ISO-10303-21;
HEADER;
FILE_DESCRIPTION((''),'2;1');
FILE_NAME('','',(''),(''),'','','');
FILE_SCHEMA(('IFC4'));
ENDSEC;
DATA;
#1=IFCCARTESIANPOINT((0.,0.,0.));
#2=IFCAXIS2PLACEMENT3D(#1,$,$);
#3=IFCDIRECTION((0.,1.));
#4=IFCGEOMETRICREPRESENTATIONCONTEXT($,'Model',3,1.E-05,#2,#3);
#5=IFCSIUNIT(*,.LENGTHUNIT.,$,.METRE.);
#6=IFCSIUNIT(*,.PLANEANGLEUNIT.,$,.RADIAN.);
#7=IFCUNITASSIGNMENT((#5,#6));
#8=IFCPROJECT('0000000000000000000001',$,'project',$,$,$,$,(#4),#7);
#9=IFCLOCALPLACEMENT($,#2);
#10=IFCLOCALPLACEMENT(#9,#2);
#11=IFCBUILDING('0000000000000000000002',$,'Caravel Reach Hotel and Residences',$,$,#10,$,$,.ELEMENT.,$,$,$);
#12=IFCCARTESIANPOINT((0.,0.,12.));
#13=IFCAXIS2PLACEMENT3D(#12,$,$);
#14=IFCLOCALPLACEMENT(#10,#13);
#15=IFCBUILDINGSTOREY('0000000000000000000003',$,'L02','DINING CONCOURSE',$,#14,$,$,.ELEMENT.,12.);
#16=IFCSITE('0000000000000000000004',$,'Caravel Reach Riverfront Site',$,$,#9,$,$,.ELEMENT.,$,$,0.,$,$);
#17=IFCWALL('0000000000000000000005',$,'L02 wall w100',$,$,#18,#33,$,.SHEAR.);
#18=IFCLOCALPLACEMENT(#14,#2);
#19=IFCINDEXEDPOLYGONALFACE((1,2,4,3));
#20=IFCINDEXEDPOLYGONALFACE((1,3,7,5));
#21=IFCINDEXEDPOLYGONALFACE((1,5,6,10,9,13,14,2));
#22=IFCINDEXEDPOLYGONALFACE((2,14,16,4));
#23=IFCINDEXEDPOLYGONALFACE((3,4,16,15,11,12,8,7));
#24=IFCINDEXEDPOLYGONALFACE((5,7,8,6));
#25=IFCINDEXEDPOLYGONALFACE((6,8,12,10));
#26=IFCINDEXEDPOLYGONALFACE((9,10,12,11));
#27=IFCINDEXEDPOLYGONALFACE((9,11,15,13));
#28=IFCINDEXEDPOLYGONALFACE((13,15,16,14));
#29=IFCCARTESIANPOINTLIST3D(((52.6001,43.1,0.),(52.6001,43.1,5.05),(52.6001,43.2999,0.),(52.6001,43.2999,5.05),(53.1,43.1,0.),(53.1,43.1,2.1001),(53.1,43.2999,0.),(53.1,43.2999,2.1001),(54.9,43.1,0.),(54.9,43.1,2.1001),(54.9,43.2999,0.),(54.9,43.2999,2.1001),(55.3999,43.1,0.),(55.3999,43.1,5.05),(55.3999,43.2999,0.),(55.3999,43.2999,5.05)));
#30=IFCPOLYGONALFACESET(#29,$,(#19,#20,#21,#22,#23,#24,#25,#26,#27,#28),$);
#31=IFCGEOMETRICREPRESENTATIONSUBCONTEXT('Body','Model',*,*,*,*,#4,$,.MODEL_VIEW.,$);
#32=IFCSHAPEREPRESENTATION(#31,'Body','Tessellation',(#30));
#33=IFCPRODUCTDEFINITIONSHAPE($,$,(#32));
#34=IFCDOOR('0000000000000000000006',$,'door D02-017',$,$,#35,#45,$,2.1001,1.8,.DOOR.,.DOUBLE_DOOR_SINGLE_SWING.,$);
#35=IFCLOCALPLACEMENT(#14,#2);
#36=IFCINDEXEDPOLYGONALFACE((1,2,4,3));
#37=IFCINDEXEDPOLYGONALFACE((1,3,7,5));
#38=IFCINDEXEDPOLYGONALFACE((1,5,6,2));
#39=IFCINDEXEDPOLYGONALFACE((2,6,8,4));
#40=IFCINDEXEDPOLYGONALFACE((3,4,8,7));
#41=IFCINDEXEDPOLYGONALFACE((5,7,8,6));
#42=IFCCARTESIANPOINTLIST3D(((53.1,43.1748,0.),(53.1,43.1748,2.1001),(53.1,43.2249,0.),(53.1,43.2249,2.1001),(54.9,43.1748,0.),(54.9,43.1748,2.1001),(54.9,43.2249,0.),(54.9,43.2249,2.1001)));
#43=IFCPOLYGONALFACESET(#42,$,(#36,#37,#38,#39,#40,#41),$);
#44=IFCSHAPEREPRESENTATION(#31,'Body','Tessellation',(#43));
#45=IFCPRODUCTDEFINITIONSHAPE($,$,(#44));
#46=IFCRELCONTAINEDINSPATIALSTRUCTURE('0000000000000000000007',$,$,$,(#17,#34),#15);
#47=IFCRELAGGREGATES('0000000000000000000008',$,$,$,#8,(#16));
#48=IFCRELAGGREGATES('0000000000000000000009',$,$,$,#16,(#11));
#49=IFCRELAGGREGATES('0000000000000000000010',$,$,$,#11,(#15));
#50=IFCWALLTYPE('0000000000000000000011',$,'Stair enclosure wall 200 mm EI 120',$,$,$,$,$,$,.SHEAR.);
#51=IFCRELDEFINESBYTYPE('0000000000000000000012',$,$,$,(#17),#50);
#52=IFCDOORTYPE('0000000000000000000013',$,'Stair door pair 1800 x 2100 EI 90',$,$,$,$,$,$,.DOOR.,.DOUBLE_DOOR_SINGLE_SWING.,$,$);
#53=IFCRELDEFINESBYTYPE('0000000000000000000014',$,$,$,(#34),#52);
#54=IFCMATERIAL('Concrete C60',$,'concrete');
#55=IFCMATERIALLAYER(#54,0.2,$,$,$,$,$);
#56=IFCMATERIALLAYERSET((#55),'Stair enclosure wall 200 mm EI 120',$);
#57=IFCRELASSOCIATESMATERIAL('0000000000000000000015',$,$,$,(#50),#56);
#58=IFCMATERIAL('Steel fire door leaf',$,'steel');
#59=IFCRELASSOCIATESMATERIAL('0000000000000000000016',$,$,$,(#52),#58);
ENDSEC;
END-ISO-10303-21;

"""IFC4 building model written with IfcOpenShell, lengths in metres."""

from ifc_helpers import new_model, si_unit, direction, frame, frame_2d, origin, place, context, subcontext, project, spatial, rectangle, extrude, material, layer, layer_set, type_object, element, fill, save


model = new_model("IFC4")

# Units and contexts
model_context = context("Model", 3, precision=1e-05, world=origin(), true_north=direction((0.0, 1.0)))
body_context = subcontext(model_context, "Body", "Model", "MODEL_VIEW")
ifc_project = project(units=[si_unit("LENGTHUNIT", "METRE"), si_unit("PLANEANGLEUNIT", "RADIAN")], contexts=[model_context])

# Site, building, storey
site_placement = place(None, origin())
site = spatial("IfcSite", under=ifc_project, at=site_placement, Name="Caravel Reach Riverfront Site", CompositionType="ELEMENT", RefElevation=0.0)
building_placement = place(site_placement, origin())
building = spatial("IfcBuilding", under=site, at=building_placement, Name="Caravel Reach Hotel and Residences", CompositionType="ELEMENT")
storey_placement = place(building_placement, frame((0.0, 0.0, 12.0)))
storey = spatial("IfcBuildingStorey", under=building, at=storey_placement, Name="L02", Description="DINING CONCOURSE", CompositionType="ELEMENT", Elevation=12.0)

# Wall, opening, door
ifc_material_1 = material(Name="Concrete C60", Category="concrete")
ifc_layer_1 = layer(ifc_material_1, 0.2)
ifc_layer_set_1 = layer_set([ifc_layer_1], Name="Stair enclosure wall 200 mm EI 120")
wall_type_1 = type_object("IfcWallType", Name="Stair enclosure wall 200 mm EI 120", PredefinedType="SHEAR", material=ifc_layer_set_1)
wall_1_placement = place(storey_placement, frame((52.6001, 43.2, 0.0), z_axis=(0.0, 0.0, 1.0), x_axis=(1.0, 0.0, 0.0)))
wall_1 = element("IfcWall", 1, at=wall_1_placement, inside=storey, type_object=wall_type_1, Name="L02 wall w100", PredefinedType="SHEAR", context=body_context, shape_type="SweptSolid", body=[
    extrude(rectangle(XDim=2.7998, YDim=0.2, at=frame_2d((1.3999, 0.0))), origin(), (0.0, 0.0, 1.0), 5.05),
])
opening_1_placement = place(wall_1_placement, frame((0.5, 0.0, 0.0)))
opening_1 = element("IfcOpeningElement", 2, at=opening_1_placement, cuts=wall_1, PredefinedType="OPENING", context=body_context, shape_type="SweptSolid", body=[
    extrude(rectangle(XDim=1.8, YDim=2.1001, at=frame_2d((0.8999, 1.05))), frame((0.0, 0.1099, 0.0), z_axis=(0.0, -1.0, 0.0), x_axis=(1.0, 0.0, 0.0)), (0.0, 0.0, 1.0), 0.22),
])
ifc_material_2 = material(Name="Steel fire door leaf", Category="steel")
door_type_1 = type_object("IfcDoorType", Name="Stair door pair 1800 x 2100 EI 90", OperationType="DOUBLE_DOOR_SINGLE_SWING", PredefinedType="DOOR", material=ifc_material_2)
door_1_placement = place(opening_1_placement, origin())
door_1 = element("IfcDoor", 3, at=door_1_placement, inside=storey, type_object=door_type_1, Name="door D02-017", OperationType="DOUBLE_DOOR_SINGLE_SWING", OverallHeight=2.1001, OverallWidth=1.8, PredefinedType="DOOR", context=body_context, shape_type="SweptSolid", body=[
    extrude(rectangle(XDim=1.8, YDim=2.1001, at=frame_2d((0.8999, 1.05))), frame((0.0, 0.0249, 0.0), z_axis=(0.0, -1.0, 0.0), x_axis=(1.0, 0.0, 0.0)), (0.0, 0.0, 1.0), 0.05),
])
fill(opening_1, door_1)

save(model, "model.ifc")
